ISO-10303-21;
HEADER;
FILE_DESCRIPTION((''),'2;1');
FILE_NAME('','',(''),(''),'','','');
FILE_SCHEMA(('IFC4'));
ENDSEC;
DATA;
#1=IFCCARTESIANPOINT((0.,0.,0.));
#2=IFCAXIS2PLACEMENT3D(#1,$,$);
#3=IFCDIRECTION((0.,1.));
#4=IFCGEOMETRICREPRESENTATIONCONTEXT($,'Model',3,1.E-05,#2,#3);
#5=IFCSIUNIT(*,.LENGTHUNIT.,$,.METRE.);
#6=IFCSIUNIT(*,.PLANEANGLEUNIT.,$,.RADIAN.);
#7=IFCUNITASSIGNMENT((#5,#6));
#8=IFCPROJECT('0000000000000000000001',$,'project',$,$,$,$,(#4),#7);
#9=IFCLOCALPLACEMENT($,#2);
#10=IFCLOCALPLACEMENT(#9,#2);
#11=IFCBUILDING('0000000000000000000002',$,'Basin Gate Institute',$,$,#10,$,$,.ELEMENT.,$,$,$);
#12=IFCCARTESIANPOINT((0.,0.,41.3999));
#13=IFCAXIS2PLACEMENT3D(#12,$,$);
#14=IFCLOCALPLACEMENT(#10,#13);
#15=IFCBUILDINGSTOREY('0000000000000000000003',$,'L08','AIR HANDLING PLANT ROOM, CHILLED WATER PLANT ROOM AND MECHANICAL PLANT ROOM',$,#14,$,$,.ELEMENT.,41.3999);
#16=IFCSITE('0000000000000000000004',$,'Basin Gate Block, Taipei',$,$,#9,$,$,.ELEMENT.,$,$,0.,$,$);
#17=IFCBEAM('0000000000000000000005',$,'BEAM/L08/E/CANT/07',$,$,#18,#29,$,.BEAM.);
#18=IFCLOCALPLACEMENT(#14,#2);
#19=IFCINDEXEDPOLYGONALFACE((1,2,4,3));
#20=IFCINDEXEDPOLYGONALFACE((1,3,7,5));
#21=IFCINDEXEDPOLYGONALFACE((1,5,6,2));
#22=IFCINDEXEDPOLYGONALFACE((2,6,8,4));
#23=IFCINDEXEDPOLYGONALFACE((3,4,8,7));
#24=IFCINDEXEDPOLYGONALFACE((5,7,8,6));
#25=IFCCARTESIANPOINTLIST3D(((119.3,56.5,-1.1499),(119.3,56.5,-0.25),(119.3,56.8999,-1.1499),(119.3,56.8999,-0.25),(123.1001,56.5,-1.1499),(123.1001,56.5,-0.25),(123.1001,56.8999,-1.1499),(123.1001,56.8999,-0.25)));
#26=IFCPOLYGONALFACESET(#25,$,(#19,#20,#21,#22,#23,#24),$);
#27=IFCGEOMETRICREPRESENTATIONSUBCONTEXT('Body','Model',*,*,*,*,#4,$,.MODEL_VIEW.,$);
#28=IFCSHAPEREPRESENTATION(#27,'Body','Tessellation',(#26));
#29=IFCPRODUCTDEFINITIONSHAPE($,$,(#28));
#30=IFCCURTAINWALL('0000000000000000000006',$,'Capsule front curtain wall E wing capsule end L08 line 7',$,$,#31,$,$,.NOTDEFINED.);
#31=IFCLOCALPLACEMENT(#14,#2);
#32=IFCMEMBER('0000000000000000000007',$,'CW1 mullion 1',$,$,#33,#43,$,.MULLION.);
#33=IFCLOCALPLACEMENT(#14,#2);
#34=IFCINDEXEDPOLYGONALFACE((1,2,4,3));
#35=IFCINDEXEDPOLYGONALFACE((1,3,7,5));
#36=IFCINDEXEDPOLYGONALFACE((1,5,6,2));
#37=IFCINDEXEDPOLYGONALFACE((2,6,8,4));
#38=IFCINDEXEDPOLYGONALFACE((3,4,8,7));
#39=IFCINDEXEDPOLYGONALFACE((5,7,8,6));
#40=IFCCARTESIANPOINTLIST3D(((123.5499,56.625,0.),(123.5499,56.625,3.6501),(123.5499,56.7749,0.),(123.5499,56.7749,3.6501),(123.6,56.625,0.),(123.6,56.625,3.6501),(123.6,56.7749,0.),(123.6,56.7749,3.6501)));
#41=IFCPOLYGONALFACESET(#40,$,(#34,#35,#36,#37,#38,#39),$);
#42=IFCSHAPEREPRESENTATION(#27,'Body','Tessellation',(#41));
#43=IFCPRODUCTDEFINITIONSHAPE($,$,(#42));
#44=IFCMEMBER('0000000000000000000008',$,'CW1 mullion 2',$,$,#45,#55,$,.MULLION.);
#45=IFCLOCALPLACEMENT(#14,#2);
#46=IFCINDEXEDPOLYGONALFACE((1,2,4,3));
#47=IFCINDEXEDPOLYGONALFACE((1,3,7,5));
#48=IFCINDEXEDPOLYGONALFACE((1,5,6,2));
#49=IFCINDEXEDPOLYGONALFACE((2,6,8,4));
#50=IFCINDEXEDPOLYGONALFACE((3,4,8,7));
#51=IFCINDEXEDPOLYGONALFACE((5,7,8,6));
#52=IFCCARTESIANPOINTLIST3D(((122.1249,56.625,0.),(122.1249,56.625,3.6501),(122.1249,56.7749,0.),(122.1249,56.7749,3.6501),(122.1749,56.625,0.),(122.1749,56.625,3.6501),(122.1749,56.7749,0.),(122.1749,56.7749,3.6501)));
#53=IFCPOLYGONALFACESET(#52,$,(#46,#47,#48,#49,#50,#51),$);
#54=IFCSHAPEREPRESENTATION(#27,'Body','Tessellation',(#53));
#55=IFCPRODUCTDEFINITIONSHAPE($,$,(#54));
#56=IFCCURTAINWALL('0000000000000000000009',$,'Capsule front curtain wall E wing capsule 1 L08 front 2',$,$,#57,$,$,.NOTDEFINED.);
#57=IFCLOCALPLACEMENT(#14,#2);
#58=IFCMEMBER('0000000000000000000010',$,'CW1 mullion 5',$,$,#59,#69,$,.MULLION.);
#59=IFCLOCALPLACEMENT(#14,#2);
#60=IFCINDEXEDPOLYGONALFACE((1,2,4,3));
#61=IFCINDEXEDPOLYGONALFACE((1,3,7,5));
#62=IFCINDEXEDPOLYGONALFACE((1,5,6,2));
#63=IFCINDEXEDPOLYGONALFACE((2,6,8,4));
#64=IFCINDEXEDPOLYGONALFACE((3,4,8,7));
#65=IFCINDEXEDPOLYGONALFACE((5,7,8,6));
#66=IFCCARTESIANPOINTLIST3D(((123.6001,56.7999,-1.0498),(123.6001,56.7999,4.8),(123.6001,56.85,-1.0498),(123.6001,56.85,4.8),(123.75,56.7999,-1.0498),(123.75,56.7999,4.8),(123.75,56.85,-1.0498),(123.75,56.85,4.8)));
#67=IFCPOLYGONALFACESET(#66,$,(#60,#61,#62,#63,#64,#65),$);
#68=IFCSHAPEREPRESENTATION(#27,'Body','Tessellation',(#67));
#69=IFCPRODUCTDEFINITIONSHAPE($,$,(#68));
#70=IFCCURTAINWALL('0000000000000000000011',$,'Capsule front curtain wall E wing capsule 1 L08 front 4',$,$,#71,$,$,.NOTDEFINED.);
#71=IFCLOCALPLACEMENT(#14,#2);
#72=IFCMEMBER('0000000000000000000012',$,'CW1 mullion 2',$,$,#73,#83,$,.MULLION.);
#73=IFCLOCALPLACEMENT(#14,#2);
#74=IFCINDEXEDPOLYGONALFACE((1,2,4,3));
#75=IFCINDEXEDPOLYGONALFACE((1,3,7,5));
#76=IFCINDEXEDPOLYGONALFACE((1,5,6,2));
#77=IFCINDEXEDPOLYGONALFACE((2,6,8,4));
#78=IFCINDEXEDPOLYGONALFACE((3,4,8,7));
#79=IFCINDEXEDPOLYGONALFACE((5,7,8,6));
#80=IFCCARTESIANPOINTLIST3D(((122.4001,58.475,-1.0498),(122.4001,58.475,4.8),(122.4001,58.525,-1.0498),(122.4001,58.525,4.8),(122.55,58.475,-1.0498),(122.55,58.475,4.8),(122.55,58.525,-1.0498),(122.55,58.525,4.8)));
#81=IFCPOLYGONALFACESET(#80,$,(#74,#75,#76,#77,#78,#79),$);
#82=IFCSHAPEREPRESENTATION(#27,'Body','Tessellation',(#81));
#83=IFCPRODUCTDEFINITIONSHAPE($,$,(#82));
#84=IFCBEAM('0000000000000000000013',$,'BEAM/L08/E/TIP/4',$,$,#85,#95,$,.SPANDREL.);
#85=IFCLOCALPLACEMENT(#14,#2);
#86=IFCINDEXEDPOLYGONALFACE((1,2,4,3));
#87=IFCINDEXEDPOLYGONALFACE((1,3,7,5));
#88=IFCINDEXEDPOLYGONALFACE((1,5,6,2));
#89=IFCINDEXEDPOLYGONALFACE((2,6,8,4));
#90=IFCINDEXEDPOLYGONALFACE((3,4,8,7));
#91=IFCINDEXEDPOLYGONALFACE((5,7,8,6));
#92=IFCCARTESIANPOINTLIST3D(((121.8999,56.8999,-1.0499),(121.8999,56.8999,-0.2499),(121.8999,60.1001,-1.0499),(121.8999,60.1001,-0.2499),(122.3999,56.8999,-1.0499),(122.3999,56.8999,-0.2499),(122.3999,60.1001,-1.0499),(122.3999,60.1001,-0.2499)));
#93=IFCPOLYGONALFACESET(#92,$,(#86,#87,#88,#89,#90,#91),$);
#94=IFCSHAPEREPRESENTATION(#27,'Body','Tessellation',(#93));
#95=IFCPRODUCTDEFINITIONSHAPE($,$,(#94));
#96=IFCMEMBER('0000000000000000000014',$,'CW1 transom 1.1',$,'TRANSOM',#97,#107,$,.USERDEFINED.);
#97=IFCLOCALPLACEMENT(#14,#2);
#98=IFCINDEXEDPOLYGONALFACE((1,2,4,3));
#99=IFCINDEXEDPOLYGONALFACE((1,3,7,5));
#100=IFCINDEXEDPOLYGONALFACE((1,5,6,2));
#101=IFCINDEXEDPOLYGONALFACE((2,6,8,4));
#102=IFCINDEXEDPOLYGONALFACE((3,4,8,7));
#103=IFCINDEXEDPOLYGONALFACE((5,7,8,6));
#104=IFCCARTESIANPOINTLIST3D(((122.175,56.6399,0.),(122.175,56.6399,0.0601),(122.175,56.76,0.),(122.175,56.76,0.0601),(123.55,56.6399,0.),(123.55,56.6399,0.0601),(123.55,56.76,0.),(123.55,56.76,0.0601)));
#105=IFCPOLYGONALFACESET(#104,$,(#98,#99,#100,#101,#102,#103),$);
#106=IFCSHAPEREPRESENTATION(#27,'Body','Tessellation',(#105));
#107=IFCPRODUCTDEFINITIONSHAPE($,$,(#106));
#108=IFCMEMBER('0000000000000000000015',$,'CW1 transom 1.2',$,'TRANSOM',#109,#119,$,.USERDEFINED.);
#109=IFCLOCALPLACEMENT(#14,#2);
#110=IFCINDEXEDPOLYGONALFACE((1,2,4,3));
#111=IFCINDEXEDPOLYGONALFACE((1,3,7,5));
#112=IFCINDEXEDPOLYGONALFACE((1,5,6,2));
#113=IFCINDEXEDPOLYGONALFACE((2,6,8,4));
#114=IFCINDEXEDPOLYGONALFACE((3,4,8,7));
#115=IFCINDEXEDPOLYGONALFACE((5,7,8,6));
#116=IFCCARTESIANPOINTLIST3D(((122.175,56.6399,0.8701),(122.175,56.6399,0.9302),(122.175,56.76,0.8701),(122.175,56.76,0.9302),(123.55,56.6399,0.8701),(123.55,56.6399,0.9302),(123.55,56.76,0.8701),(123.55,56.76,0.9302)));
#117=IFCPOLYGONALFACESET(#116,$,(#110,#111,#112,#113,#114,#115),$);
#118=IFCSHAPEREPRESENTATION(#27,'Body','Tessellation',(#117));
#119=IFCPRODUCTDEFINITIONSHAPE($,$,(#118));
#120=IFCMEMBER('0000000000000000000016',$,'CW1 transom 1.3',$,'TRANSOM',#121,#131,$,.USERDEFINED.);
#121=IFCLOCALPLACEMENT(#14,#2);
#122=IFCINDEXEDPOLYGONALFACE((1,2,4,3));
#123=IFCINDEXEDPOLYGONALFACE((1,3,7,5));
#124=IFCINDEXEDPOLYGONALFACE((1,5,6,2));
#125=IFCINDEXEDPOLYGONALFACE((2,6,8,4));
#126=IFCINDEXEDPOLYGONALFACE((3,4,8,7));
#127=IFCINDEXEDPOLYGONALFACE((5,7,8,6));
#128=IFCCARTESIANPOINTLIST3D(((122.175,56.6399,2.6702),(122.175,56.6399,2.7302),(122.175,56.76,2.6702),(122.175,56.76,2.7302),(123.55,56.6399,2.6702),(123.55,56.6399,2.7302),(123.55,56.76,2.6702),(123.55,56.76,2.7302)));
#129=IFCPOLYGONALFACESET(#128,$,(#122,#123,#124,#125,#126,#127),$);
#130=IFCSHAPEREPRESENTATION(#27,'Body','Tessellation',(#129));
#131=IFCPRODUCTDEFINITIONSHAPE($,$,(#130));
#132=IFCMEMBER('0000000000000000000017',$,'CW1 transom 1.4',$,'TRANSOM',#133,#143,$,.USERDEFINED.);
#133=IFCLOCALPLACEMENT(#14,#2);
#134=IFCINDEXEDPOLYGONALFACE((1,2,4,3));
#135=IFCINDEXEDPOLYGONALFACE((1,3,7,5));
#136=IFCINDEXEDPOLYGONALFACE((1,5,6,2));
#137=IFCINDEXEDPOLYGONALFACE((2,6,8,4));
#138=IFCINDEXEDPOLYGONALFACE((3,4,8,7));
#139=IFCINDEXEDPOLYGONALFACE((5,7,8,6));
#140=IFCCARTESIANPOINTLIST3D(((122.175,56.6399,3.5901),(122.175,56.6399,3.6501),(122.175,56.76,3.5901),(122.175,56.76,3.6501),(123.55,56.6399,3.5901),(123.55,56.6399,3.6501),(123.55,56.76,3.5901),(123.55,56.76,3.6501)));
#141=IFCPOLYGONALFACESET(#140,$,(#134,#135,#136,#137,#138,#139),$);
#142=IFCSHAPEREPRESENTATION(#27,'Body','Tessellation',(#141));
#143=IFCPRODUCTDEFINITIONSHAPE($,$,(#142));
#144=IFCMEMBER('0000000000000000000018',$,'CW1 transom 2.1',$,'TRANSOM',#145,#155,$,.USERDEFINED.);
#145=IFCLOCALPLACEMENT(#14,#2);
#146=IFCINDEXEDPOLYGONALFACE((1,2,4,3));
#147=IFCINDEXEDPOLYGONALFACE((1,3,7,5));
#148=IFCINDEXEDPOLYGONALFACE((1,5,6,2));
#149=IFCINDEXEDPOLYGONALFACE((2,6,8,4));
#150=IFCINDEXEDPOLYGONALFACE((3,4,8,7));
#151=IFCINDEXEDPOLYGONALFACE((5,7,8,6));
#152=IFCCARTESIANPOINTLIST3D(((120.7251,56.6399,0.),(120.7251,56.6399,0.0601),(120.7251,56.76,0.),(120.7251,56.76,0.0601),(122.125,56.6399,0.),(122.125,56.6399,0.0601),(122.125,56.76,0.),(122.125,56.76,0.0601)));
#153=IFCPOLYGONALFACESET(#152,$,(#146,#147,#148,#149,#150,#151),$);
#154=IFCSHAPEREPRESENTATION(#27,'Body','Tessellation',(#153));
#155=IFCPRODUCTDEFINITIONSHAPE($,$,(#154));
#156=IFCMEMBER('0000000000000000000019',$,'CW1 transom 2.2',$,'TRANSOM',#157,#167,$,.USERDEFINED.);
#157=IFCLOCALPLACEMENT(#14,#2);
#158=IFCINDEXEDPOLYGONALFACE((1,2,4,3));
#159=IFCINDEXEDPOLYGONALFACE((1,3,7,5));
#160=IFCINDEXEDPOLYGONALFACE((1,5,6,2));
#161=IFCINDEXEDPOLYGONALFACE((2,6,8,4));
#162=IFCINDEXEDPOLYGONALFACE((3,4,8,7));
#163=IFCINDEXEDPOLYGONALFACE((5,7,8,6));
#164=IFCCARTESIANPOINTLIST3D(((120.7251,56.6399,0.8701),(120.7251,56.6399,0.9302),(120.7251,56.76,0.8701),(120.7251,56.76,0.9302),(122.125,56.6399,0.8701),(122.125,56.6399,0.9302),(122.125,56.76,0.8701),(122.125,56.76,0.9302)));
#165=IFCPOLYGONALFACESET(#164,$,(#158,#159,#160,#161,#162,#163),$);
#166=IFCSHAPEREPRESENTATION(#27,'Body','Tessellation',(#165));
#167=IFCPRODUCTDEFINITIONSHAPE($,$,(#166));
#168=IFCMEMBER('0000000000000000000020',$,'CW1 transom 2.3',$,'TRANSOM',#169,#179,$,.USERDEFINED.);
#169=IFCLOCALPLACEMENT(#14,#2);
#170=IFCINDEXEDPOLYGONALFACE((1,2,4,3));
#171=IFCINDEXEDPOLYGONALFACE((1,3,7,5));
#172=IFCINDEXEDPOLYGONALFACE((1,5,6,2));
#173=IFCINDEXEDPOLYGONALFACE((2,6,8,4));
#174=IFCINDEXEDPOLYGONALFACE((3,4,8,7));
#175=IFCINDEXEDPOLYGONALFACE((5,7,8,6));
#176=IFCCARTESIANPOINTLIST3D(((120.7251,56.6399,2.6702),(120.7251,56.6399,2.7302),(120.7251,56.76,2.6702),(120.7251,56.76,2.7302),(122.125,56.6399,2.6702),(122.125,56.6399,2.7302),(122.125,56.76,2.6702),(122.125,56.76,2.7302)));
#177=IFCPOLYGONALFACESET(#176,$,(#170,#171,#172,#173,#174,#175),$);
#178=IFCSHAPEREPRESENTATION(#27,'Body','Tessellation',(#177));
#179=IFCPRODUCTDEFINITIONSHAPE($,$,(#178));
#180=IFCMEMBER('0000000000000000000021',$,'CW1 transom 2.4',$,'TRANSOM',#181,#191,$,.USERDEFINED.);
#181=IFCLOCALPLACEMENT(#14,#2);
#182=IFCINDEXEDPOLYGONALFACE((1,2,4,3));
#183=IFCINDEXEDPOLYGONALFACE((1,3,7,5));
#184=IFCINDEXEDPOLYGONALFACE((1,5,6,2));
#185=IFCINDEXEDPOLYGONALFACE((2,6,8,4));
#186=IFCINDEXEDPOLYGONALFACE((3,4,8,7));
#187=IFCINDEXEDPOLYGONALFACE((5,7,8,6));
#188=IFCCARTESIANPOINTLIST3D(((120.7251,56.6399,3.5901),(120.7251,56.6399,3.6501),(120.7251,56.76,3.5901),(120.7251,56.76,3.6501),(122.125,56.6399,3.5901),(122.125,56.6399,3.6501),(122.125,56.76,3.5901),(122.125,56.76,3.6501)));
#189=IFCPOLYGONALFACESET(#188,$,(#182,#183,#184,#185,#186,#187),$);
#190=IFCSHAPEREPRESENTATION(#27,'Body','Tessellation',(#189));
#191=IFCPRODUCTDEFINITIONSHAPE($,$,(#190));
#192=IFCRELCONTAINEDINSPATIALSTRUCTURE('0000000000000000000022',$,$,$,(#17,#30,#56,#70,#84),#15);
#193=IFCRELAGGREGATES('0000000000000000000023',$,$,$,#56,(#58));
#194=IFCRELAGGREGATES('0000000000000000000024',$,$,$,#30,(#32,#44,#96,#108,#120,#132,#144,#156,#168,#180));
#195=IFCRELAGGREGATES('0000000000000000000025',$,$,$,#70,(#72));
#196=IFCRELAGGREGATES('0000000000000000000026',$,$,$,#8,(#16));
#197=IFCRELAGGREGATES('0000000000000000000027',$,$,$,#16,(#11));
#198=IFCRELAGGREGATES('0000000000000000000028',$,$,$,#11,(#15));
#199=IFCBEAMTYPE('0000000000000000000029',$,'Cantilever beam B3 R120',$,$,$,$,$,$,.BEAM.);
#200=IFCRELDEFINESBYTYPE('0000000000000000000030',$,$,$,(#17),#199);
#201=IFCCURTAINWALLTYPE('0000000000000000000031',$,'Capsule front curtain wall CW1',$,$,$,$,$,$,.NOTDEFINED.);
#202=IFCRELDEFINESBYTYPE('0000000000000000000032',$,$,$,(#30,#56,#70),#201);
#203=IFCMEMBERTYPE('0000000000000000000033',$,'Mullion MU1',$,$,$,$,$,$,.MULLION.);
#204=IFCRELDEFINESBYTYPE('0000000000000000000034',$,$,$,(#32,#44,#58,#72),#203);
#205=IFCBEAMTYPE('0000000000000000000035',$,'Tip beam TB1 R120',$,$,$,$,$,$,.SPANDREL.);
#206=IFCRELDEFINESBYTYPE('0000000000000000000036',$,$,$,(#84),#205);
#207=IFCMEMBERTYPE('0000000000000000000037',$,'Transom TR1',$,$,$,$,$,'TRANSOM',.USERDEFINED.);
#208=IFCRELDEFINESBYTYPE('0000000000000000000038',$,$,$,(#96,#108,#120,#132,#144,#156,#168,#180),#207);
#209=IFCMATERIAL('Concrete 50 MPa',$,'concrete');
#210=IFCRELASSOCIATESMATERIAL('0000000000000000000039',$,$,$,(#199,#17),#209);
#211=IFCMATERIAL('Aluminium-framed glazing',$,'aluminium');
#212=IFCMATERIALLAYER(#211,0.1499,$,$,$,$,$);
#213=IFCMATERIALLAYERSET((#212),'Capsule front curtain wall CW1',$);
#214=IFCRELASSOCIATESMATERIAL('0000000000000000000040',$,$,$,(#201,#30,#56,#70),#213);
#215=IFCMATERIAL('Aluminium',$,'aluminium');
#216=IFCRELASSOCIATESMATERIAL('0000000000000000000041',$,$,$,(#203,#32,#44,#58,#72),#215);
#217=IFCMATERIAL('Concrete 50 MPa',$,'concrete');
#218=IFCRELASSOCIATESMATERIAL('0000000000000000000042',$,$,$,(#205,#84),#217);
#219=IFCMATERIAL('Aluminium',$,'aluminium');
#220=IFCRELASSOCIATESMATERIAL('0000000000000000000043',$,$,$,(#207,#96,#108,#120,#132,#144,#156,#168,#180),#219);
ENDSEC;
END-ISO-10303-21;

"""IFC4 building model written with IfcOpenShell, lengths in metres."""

from ifc_helpers import new_model, si_unit, direction, frame, origin, origin_2d, place, context, subcontext, project, spatial, rectangle, extrude, material, layer, layer_set, material_profile, profile_set, type_object, element, aggregate, save


model = new_model("IFC4")

# Units and contexts
model_context = context("Model", 3, precision=1e-05, world=origin(), true_north=direction((0.0, 1.0)))
body_context = subcontext(model_context, "Body", "Model", "MODEL_VIEW")
ifc_project = project(units=[si_unit("LENGTHUNIT", "METRE"), si_unit("PLANEANGLEUNIT", "RADIAN")], contexts=[model_context])

# Site, building, storey
site_placement = place(None, origin())
site = spatial("IfcSite", under=ifc_project, at=site_placement, Name="Basin Gate Block, Taipei", CompositionType="ELEMENT", RefElevation=0.0)
building_placement = place(site_placement, origin())
building = spatial("IfcBuilding", under=site, at=building_placement, Name="Basin Gate Institute", CompositionType="ELEMENT")
storey_placement = place(building_placement, frame((0.0, 0.0, 41.3999)))
storey = spatial("IfcBuildingStorey", under=building, at=storey_placement, Name="L08", Description="AIR HANDLING PLANT ROOM, CHILLED WATER PLANT ROOM AND MECHANICAL PLANT ROOM", CompositionType="ELEMENT", Elevation=41.3999)

# Beam
ifc_material_1 = material(Name="Concrete 50 MPa", Category="concrete")
ifc_material_profile_1 = material_profile(ifc_material_1, rectangle(XDim=0.3999, YDim=0.8999, at=origin_2d()), Name="Cantilever beam B3 400 x 900")
ifc_profile_set_1 = profile_set([ifc_material_profile_1], Name="Concrete 50 MPa")
beam_type_1 = type_object("IfcBeamType", Name="Cantilever beam B3 R120", PredefinedType="BEAM", material=ifc_profile_set_1)
beam_1_placement = place(storey_placement, frame((123.1001, 56.7, -0.7), z_axis=(-1.0, 0.0, 0.0), x_axis=(0.0, -1.0, 0.0)))
element("IfcBeam", 1, at=beam_1_placement, inside=storey, type_object=beam_type_1, material=ifc_profile_set_1, Name="BEAM/L08/E/CANT/07", PredefinedType="BEAM", context=body_context, shape_type="SweptSolid", body=[
    extrude(rectangle(XDim=0.3999, YDim=0.8999, at=origin_2d()), origin(), (0.0, 0.0, 1.0), 3.8),
])

# Curtain wall, members
ifc_material_2 = material(Name="Aluminium-framed glazing", Category="aluminium")
ifc_layer_1 = layer(ifc_material_2, 0.1499)
ifc_layer_set_1 = layer_set([ifc_layer_1], Name="Capsule front curtain wall CW1")
curtain_wall_type = type_object("IfcCurtainWallType", Name="Capsule front curtain wall CW1", PredefinedType="NOTDEFINED", material=ifc_layer_set_1)
curtain_wall_1_placement = place(storey_placement, origin())
curtain_wall_1 = element("IfcCurtainWall", 2, at=curtain_wall_1_placement, inside=storey, type_object=curtain_wall_type, material=ifc_layer_set_1, Name="Capsule front curtain wall E wing capsule end L08 line 7", PredefinedType="NOTDEFINED")
ifc_material_3 = material(Name="Aluminium", Category="aluminium")
ifc_material_profile_2 = material_profile(ifc_material_3, rectangle(XDim=0.1499, YDim=0.05, at=origin_2d()), Name="Mullion MU1 150 x 50")
ifc_profile_set_2 = profile_set([ifc_material_profile_2], Name="Aluminium")
member_type_1 = type_object("IfcMemberType", Name="Mullion MU1", PredefinedType="MULLION", material=ifc_profile_set_2)
member_1_placement = place(storey_placement, frame((123.575, 56.7, 0.0), z_axis=(0.0, 0.0, 1.0), x_axis=(0.0, -1.0, 0.0)))
member_1 = element("IfcMember", 3, at=member_1_placement, type_object=member_type_1, material=ifc_profile_set_2, Name="CW1 mullion 1", PredefinedType="MULLION", context=body_context, shape_type="SweptSolid", body=[
    extrude(rectangle(XDim=0.1499, YDim=0.05, at=origin_2d()), origin(), (0.0, 0.0, 1.0), 3.6501),
])
member_2_placement = place(storey_placement, frame((122.1499, 56.7, 0.0), z_axis=(0.0, 0.0, 1.0), x_axis=(0.0, -1.0, 0.0)))
member_2 = element("IfcMember", 4, at=member_2_placement, type_object=member_type_1, material=ifc_profile_set_2, Name="CW1 mullion 2", PredefinedType="MULLION", context=body_context, shape_type="SweptSolid", body=[
    extrude(rectangle(XDim=0.1499, YDim=0.05, at=origin_2d()), origin(), (0.0, 0.0, 1.0), 3.6501),
])

# Curtain walls, members
curtain_wall_2_placement = place(storey_placement, origin())
curtain_wall_2 = element("IfcCurtainWall", 5, at=curtain_wall_2_placement, inside=storey, type_object=curtain_wall_type, material=ifc_layer_set_1, Name="Capsule front curtain wall E wing capsule 1 L08 front 2", PredefinedType="NOTDEFINED")
member_3_placement = place(storey_placement, frame((123.675, 56.825, -1.0498), z_axis=(0.0, 0.0, 1.0), x_axis=(-1.0, 0.0, 0.0)))
member_3 = element("IfcMember", 6, at=member_3_placement, type_object=member_type_1, material=ifc_profile_set_2, Name="CW1 mullion 5", PredefinedType="MULLION", context=body_context, shape_type="SweptSolid", body=[
    extrude(rectangle(XDim=0.1499, YDim=0.05, at=origin_2d()), origin(), (0.0, 0.0, 1.0), 5.8499),
])
aggregate(curtain_wall_2, [member_3])
curtain_wall_3_placement = place(storey_placement, origin())
curtain_wall_3 = element("IfcCurtainWall", 7, at=curtain_wall_3_placement, inside=storey, type_object=curtain_wall_type, material=ifc_layer_set_1, Name="Capsule front curtain wall E wing capsule 1 L08 front 4", PredefinedType="NOTDEFINED")
member_4_placement = place(storey_placement, frame((122.4751, 58.5, -1.0498), z_axis=(0.0, 0.0, 1.0), x_axis=(-1.0, 0.0, 0.0)))
member_4 = element("IfcMember", 8, at=member_4_placement, type_object=member_type_1, material=ifc_profile_set_2, Name="CW1 mullion 2", PredefinedType="MULLION", context=body_context, shape_type="SweptSolid", body=[
    extrude(rectangle(XDim=0.1499, YDim=0.05, at=origin_2d()), origin(), (0.0, 0.0, 1.0), 5.8499),
])

# Beam
ifc_material_4 = material(Name="Concrete 50 MPa", Category="concrete")
ifc_material_profile_3 = material_profile(ifc_material_4, rectangle(XDim=0.5, YDim=0.8, at=origin_2d()), Name="Tip beam TB1 500 x 800")
ifc_profile_set_3 = profile_set([ifc_material_profile_3], Name="Concrete 50 MPa")
beam_type_2 = type_object("IfcBeamType", Name="Tip beam TB1 R120", PredefinedType="SPANDREL", material=ifc_profile_set_3)
beam_2_placement = place(storey_placement, frame((122.1499, 56.8999, -0.6499), z_axis=(0.0, 1.0, 0.0), x_axis=(-1.0, 0.0, 0.0)))
element("IfcBeam", 9, at=beam_2_placement, inside=storey, type_object=beam_type_2, material=ifc_profile_set_3, Name="BEAM/L08/E/TIP/4", PredefinedType="SPANDREL", context=body_context, shape_type="SweptSolid", body=[
    extrude(rectangle(XDim=0.5, YDim=0.8, at=origin_2d()), origin(), (0.0, 0.0, 1.0), 3.2002),
])

# Members
ifc_material_5 = material(Name="Aluminium", Category="aluminium")
ifc_material_profile_4 = material_profile(ifc_material_5, rectangle(XDim=0.1201, YDim=0.0601, at=origin_2d()), Name="Transom TR1 120 x 60")
ifc_profile_set_4 = profile_set([ifc_material_profile_4], Name="Aluminium")
member_type_2 = type_object("IfcMemberType", Name="Transom TR1", ElementType="TRANSOM", PredefinedType="USERDEFINED", material=ifc_profile_set_4)
member_5_placement = place(storey_placement, frame((123.55, 56.7, 0.03), z_axis=(-1.0, 0.0, 0.0), x_axis=(0.0, -1.0, 0.0)))
member_5 = element("IfcMember", 10, at=member_5_placement, type_object=member_type_2, material=ifc_profile_set_4, Name="CW1 transom 1.1", ObjectType="TRANSOM", PredefinedType="USERDEFINED", context=body_context, shape_type="SweptSolid", body=[
    extrude(rectangle(XDim=0.1201, YDim=0.0601, at=origin_2d()), origin(), (0.0, 0.0, 1.0), 1.375),
])
member_6_placement = place(storey_placement, frame((123.55, 56.7, 0.9001), z_axis=(-1.0, 0.0, 0.0), x_axis=(0.0, -1.0, 0.0)))
member_6 = element("IfcMember", 11, at=member_6_placement, type_object=member_type_2, material=ifc_profile_set_4, Name="CW1 transom 1.2", ObjectType="TRANSOM", PredefinedType="USERDEFINED", context=body_context, shape_type="SweptSolid", body=[
    extrude(rectangle(XDim=0.1201, YDim=0.0601, at=origin_2d()), origin(), (0.0, 0.0, 1.0), 1.375),
])
member_7_placement = place(storey_placement, frame((123.55, 56.7, 2.7002), z_axis=(-1.0, 0.0, 0.0), x_axis=(0.0, -1.0, 0.0)))
member_7 = element("IfcMember", 12, at=member_7_placement, type_object=member_type_2, material=ifc_profile_set_4, Name="CW1 transom 1.3", ObjectType="TRANSOM", PredefinedType="USERDEFINED", context=body_context, shape_type="SweptSolid", body=[
    extrude(rectangle(XDim=0.1201, YDim=0.0601, at=origin_2d()), origin(), (0.0, 0.0, 1.0), 1.375),
])
member_8_placement = place(storey_placement, frame((123.55, 56.7, 3.6201), z_axis=(-1.0, 0.0, 0.0), x_axis=(0.0, -1.0, 0.0)))
member_8 = element("IfcMember", 13, at=member_8_placement, type_object=member_type_2, material=ifc_profile_set_4, Name="CW1 transom 1.4", ObjectType="TRANSOM", PredefinedType="USERDEFINED", context=body_context, shape_type="SweptSolid", body=[
    extrude(rectangle(XDim=0.1201, YDim=0.0601, at=origin_2d()), origin(), (0.0, 0.0, 1.0), 1.375),
])
member_9_placement = place(storey_placement, frame((122.125, 56.7, 0.03), z_axis=(-1.0, 0.0, 0.0), x_axis=(0.0, -1.0, 0.0)))
member_9 = element("IfcMember", 14, at=member_9_placement, type_object=member_type_2, material=ifc_profile_set_4, Name="CW1 transom 2.1", ObjectType="TRANSOM", PredefinedType="USERDEFINED", context=body_context, shape_type="SweptSolid", body=[
    extrude(rectangle(XDim=0.1201, YDim=0.0601, at=origin_2d()), origin(), (0.0, 0.0, 1.0), 1.3999),
])
member_10_placement = place(storey_placement, frame((122.125, 56.7, 0.9001), z_axis=(-1.0, 0.0, 0.0), x_axis=(0.0, -1.0, 0.0)))
member_10 = element("IfcMember", 15, at=member_10_placement, type_object=member_type_2, material=ifc_profile_set_4, Name="CW1 transom 2.2", ObjectType="TRANSOM", PredefinedType="USERDEFINED", context=body_context, shape_type="SweptSolid", body=[
    extrude(rectangle(XDim=0.1201, YDim=0.0601, at=origin_2d()), origin(), (0.0, 0.0, 1.0), 1.3999),
])
member_11_placement = place(storey_placement, frame((122.125, 56.7, 2.7002), z_axis=(-1.0, 0.0, 0.0), x_axis=(0.0, -1.0, 0.0)))
member_11 = element("IfcMember", 16, at=member_11_placement, type_object=member_type_2, material=ifc_profile_set_4, Name="CW1 transom 2.3", ObjectType="TRANSOM", PredefinedType="USERDEFINED", context=body_context, shape_type="SweptSolid", body=[
    extrude(rectangle(XDim=0.1201, YDim=0.0601, at=origin_2d()), origin(), (0.0, 0.0, 1.0), 1.3999),
])
member_12_placement = place(storey_placement, frame((122.125, 56.7, 3.6201), z_axis=(-1.0, 0.0, 0.0), x_axis=(0.0, -1.0, 0.0)))
member_12 = element("IfcMember", 17, at=member_12_placement, type_object=member_type_2, material=ifc_profile_set_4, Name="CW1 transom 2.4", ObjectType="TRANSOM", PredefinedType="USERDEFINED", context=body_context, shape_type="SweptSolid", body=[
    extrude(rectangle(XDim=0.1201, YDim=0.0601, at=origin_2d()), origin(), (0.0, 0.0, 1.0), 1.3999),
])

aggregate(curtain_wall_1, [member_1, member_2, member_5, member_6, member_7, member_8, member_9, member_10, member_11, member_12])
aggregate(curtain_wall_3, [member_4])

save(model, "model.ifc")
